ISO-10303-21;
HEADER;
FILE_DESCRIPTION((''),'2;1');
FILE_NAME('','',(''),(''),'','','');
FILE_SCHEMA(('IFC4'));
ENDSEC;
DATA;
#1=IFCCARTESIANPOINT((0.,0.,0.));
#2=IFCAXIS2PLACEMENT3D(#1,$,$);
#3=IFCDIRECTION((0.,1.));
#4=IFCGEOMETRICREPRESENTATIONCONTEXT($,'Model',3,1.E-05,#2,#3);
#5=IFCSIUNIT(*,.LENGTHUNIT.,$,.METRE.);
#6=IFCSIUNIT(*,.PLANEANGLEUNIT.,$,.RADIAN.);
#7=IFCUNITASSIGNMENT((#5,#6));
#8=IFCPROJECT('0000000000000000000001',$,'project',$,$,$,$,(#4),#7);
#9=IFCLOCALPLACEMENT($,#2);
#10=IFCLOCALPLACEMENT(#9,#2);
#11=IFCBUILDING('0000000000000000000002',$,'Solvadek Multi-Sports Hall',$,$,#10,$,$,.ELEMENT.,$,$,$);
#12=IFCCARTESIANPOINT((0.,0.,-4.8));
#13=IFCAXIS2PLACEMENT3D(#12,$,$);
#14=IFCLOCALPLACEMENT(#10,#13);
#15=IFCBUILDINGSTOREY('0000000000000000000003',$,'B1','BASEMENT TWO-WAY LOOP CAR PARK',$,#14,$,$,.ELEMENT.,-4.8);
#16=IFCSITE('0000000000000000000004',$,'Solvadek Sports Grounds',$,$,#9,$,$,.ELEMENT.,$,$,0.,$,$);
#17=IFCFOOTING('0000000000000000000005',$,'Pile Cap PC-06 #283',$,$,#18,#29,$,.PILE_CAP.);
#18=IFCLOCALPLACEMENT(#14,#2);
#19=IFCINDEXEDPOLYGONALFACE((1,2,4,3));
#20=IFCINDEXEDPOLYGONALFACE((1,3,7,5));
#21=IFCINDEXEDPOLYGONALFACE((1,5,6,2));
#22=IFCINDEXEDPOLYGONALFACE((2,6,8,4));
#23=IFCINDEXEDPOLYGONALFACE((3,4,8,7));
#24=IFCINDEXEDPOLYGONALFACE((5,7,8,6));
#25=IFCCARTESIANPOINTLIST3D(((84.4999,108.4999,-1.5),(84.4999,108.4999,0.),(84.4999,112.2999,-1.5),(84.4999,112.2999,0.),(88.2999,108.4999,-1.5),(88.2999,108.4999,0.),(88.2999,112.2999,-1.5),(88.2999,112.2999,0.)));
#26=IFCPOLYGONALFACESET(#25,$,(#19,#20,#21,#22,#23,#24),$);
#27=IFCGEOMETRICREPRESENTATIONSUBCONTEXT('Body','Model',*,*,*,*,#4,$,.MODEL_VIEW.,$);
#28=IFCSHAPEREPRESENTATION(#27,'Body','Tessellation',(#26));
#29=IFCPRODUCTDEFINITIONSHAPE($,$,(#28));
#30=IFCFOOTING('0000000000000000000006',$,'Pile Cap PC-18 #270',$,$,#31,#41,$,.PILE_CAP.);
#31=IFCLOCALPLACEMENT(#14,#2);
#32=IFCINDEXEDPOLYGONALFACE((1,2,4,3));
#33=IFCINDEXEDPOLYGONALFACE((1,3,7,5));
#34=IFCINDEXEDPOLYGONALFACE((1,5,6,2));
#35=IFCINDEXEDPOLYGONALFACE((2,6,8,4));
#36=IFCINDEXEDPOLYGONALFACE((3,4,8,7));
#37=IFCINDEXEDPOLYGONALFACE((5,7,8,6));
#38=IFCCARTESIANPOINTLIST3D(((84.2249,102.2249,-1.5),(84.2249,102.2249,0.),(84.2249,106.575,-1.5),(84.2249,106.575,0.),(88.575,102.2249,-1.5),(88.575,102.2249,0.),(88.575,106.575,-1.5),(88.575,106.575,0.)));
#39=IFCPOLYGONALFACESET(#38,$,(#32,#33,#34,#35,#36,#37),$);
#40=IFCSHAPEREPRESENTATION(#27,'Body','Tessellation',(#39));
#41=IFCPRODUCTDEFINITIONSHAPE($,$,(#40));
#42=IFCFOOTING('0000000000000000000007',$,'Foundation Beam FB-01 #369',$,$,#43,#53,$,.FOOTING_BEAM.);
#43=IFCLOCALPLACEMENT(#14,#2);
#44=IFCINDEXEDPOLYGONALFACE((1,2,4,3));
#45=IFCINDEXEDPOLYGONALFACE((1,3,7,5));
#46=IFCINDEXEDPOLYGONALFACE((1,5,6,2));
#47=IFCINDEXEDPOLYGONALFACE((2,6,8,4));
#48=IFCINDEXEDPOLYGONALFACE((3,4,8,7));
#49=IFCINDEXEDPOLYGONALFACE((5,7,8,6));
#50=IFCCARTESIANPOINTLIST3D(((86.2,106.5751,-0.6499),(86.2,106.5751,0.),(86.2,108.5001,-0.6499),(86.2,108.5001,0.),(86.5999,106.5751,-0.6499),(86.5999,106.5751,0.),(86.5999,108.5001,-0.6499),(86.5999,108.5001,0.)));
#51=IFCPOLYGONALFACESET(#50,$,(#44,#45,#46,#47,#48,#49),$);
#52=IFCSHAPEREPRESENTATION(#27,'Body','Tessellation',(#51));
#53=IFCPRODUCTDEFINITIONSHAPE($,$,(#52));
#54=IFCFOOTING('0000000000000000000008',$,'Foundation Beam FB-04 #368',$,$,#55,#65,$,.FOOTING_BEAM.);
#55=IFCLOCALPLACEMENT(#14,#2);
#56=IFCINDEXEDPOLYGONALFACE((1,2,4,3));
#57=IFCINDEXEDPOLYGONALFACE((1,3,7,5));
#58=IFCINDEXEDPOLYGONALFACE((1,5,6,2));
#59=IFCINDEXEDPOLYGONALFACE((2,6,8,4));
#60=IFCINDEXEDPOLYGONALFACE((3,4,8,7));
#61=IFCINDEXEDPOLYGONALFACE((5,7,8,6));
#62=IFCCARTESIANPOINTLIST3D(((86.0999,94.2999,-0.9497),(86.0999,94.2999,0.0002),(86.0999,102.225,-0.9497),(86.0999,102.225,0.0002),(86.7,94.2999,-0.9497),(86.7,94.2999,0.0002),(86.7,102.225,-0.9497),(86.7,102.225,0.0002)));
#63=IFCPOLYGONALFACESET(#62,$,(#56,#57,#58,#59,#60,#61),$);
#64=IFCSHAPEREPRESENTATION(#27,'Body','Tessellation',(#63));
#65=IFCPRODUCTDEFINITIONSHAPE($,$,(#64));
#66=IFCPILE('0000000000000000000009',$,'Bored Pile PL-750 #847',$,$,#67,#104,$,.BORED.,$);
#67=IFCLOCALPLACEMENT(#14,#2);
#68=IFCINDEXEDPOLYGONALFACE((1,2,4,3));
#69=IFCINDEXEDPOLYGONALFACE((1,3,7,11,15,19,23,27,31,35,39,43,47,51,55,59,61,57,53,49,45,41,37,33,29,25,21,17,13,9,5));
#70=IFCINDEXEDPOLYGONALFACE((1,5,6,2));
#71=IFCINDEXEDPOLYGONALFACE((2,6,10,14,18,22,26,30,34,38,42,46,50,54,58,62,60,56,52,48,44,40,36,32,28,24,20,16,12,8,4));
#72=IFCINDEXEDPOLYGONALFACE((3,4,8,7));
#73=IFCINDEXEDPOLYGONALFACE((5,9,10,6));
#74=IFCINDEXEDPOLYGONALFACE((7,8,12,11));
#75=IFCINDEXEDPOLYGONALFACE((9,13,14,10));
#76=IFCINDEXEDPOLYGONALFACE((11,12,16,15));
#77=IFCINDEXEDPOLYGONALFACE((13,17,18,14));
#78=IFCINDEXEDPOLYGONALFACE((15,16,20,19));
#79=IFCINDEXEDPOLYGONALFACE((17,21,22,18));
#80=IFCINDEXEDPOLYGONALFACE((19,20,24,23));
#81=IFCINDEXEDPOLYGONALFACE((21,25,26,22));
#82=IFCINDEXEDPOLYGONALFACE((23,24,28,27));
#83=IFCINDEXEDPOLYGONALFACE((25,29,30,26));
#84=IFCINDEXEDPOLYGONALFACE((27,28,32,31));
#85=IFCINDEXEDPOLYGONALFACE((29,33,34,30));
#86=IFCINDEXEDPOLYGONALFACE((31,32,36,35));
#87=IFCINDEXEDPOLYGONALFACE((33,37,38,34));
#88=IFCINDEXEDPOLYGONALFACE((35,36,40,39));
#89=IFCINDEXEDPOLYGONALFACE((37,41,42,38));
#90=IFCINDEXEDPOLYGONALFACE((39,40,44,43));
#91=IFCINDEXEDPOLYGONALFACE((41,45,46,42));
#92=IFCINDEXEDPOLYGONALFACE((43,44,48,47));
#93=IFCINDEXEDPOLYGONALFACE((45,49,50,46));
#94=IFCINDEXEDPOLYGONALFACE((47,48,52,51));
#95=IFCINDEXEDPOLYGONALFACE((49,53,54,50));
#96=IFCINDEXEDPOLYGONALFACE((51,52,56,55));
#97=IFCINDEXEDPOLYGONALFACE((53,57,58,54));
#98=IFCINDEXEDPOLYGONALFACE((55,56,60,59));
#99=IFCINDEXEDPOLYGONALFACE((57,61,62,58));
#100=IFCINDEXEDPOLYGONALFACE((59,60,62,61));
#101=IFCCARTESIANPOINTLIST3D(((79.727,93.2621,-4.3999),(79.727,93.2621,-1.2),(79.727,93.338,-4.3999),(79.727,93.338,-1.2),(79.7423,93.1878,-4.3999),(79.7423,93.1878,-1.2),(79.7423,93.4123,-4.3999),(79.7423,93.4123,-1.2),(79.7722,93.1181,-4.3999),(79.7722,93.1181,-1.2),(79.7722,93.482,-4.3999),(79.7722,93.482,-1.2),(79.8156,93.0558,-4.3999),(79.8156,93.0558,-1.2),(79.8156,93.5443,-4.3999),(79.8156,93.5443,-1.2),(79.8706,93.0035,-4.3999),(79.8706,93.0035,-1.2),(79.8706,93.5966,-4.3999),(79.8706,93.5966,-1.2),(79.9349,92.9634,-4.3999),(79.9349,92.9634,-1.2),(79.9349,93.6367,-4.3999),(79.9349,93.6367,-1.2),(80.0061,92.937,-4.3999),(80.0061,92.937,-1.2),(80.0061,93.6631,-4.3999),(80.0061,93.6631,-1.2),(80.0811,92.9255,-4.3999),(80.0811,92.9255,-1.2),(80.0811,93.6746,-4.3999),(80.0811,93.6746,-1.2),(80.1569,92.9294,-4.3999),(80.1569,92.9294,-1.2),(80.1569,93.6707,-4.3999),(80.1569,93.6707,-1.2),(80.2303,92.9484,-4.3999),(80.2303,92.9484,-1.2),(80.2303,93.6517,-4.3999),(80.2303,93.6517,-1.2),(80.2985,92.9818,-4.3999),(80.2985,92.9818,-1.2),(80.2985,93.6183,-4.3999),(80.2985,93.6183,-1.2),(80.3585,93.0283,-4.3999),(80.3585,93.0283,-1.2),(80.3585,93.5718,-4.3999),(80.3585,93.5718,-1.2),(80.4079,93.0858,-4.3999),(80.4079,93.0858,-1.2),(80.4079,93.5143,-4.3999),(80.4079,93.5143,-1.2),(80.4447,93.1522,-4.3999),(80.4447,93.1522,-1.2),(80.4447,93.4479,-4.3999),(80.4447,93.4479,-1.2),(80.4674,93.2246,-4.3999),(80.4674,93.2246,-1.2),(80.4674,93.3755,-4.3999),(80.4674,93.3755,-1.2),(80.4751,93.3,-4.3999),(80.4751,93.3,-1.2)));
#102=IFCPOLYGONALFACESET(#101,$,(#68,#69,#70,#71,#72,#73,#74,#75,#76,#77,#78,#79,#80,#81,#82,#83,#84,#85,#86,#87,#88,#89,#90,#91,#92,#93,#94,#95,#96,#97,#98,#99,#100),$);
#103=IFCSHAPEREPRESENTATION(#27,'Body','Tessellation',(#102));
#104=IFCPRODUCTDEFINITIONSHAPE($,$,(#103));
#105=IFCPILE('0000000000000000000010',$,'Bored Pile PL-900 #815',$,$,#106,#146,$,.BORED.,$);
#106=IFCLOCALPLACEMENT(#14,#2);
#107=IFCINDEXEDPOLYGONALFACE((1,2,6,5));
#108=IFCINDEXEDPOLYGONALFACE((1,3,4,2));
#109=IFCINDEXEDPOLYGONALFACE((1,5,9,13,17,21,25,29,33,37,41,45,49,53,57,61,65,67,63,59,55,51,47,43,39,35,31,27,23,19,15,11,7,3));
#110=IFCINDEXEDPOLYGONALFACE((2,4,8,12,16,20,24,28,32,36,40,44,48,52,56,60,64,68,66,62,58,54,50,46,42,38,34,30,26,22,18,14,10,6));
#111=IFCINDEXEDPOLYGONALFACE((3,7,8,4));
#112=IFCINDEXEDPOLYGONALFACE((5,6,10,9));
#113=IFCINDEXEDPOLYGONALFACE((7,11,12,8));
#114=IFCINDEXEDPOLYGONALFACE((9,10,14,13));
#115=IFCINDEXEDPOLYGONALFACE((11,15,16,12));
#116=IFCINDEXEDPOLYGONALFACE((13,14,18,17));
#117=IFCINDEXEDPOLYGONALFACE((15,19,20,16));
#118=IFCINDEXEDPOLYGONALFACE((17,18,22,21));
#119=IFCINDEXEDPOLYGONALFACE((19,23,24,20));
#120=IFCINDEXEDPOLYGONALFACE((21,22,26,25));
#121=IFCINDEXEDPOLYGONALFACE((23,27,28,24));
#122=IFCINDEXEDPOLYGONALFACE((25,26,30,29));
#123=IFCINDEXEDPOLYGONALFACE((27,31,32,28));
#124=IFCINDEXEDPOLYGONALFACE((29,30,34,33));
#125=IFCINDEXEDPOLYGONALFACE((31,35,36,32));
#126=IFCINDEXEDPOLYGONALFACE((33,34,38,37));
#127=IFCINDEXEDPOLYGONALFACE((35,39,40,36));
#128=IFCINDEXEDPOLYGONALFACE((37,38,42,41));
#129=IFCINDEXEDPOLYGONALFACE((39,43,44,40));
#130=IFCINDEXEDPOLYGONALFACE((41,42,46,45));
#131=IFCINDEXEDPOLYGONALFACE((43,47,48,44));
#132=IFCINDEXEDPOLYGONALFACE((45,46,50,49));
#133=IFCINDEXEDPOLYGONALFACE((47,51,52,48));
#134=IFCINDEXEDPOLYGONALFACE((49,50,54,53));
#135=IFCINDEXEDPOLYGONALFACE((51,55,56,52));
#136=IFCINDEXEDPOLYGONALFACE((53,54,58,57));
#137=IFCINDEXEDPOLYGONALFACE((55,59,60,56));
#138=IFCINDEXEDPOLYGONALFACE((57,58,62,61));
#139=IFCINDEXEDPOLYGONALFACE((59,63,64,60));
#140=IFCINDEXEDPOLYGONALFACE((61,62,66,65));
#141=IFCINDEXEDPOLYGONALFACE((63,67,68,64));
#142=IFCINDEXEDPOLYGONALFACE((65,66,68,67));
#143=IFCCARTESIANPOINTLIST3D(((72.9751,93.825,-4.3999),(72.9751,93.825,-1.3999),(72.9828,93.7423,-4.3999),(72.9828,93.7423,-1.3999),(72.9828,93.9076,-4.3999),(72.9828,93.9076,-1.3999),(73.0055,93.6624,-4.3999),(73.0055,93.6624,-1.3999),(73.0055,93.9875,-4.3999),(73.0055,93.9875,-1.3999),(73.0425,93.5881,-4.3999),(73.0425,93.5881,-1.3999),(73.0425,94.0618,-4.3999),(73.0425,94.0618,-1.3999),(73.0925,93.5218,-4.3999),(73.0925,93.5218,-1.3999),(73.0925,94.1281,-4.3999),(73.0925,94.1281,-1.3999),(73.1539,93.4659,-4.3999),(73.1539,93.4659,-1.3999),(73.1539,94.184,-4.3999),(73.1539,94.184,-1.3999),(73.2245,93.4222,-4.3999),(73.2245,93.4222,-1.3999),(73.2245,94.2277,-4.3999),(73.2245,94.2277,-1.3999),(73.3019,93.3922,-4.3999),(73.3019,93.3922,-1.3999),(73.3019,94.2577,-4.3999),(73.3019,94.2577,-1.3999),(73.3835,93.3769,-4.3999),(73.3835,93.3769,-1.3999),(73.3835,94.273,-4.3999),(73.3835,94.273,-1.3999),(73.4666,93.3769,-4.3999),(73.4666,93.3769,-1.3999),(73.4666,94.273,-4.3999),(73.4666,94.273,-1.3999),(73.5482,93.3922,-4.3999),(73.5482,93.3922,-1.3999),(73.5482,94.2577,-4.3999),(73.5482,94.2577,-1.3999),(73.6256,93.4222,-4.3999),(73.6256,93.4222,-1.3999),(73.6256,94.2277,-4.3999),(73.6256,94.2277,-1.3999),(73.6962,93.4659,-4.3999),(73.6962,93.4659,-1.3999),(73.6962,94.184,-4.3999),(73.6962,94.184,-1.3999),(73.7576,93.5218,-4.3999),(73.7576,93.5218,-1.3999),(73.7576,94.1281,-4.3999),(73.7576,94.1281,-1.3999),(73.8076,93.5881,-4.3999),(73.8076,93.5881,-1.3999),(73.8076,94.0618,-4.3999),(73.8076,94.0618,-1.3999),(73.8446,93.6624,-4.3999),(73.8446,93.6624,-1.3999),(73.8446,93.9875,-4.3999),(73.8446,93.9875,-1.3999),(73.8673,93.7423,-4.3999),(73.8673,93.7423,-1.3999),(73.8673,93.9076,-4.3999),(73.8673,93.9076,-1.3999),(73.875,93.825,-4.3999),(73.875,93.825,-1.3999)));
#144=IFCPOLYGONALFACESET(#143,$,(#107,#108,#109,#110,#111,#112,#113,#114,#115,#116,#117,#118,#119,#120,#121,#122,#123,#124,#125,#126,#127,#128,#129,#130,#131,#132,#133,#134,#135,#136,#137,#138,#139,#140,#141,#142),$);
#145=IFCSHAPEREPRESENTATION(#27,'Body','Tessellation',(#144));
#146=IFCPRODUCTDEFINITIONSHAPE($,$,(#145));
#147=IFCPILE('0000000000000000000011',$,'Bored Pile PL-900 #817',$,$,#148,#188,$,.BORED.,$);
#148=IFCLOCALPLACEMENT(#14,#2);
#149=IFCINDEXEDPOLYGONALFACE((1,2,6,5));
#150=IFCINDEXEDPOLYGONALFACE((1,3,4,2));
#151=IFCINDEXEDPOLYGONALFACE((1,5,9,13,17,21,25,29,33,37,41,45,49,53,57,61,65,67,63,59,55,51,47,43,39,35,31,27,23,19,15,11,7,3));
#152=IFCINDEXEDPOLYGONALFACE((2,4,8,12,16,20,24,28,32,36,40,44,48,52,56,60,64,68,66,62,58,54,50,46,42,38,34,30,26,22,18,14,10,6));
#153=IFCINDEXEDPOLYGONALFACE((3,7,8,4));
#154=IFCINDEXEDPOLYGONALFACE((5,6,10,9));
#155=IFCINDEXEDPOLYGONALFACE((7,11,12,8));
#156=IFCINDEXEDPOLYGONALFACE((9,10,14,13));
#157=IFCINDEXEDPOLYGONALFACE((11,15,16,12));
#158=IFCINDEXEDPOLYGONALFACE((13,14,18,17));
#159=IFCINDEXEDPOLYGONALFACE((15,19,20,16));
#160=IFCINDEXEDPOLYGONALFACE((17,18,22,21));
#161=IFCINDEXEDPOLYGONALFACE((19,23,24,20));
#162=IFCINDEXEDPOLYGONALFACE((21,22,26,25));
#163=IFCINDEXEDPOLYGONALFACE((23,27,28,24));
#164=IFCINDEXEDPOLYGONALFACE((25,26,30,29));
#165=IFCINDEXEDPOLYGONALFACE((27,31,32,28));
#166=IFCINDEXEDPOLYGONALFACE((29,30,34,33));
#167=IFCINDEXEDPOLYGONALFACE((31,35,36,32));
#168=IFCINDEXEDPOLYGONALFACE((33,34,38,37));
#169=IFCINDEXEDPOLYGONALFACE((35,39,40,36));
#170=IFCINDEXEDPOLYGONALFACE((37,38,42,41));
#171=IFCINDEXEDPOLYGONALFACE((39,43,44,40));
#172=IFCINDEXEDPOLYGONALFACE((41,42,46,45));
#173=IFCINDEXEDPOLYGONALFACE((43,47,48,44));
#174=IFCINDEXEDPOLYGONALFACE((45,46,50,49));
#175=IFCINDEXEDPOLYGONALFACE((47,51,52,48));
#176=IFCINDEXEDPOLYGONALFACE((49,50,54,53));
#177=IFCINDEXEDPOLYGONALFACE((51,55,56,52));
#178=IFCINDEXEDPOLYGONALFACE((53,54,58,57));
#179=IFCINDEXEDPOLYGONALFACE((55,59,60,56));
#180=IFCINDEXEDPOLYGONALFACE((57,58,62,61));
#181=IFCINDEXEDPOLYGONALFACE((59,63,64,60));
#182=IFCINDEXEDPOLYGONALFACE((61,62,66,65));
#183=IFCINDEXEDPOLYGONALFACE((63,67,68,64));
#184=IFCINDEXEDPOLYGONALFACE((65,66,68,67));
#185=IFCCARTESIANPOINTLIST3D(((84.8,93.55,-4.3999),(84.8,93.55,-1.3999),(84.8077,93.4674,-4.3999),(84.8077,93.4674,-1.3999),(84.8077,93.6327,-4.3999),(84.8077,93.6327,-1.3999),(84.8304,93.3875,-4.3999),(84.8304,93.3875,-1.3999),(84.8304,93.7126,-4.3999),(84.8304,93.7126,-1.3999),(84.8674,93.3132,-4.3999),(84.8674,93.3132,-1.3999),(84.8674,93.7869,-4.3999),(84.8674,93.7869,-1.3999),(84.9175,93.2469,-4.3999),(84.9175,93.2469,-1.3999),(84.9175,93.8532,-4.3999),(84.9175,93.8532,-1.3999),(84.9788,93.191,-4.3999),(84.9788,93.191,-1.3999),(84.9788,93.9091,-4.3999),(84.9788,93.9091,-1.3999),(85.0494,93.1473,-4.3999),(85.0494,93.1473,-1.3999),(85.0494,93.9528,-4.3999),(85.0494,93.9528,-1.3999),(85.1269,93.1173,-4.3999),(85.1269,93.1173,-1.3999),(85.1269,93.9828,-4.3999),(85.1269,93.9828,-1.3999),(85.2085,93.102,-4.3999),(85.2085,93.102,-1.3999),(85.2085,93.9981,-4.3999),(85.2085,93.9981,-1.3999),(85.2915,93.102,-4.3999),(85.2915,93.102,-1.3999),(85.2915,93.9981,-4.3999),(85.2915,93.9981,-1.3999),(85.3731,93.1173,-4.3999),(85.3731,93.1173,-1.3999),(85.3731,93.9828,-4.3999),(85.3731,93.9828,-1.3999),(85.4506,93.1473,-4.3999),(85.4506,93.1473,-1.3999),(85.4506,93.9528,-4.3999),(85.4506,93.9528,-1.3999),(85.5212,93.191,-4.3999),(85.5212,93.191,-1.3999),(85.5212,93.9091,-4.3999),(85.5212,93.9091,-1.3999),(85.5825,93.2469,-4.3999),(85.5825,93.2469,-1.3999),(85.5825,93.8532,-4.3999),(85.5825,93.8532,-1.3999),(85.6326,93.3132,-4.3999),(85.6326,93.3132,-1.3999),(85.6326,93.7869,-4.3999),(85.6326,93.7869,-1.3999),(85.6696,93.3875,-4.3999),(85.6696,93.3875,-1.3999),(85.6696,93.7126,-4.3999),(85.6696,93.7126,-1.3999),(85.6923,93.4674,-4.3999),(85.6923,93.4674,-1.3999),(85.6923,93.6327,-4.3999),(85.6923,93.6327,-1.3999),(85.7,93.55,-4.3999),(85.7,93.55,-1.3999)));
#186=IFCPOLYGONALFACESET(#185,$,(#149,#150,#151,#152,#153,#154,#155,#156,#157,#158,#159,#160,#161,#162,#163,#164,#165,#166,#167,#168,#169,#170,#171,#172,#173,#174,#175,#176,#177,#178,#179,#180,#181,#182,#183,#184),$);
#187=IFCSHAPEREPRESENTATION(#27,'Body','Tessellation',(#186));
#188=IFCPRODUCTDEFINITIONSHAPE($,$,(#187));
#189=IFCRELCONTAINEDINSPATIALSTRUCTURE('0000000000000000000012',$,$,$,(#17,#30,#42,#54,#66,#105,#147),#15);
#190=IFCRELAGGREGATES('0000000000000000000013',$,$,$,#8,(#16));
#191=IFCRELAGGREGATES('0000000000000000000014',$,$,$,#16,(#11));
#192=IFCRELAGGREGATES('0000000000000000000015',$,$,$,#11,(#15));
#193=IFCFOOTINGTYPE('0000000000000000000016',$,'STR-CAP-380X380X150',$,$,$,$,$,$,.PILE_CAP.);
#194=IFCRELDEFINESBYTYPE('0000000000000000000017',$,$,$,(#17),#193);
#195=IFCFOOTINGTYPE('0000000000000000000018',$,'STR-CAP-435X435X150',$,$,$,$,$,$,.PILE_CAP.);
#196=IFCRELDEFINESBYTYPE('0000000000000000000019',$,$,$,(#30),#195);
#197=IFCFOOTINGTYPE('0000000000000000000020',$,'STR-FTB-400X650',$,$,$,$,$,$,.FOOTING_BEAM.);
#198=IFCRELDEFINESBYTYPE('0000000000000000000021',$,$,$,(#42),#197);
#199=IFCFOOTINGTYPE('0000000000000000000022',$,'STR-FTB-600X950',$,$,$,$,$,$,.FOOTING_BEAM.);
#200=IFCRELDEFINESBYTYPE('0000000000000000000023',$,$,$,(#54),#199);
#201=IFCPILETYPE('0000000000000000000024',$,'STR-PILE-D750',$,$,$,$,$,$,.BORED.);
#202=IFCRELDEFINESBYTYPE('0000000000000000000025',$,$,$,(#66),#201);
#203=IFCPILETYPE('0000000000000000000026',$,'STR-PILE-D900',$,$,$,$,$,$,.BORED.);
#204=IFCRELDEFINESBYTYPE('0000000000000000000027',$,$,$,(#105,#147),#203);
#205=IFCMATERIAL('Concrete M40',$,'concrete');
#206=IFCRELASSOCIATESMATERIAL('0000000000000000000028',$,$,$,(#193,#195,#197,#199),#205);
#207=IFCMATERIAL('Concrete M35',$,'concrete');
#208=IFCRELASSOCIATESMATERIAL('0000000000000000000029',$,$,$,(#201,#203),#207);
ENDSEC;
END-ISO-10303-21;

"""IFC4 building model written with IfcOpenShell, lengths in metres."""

from ifc_helpers import new_model, si_unit, direction, frame, origin, origin_2d, place, context, subcontext, project, spatial, rectangle, circle, extrude, material, material_profile, profile_set, type_object, element, save


model = new_model("IFC4")

# Units and contexts
model_context = context("Model", 3, precision=1e-05, world=origin(), true_north=direction((0.0, 1.0)))
body_context = subcontext(model_context, "Body", "Model", "MODEL_VIEW")
ifc_project = project(units=[si_unit("LENGTHUNIT", "METRE"), si_unit("PLANEANGLEUNIT", "RADIAN")], contexts=[model_context])

# Site, building, storey
site_placement = place(None, origin())
site = spatial("IfcSite", under=ifc_project, at=site_placement, Name="Solvadek Sports Grounds", CompositionType="ELEMENT", RefElevation=0.0)
building_placement = place(site_placement, origin())
building = spatial("IfcBuilding", under=site, at=building_placement, Name="Solvadek Multi-Sports Hall", CompositionType="ELEMENT")
storey_placement = place(building_placement, frame((0.0, 0.0, -4.8)))
storey = spatial("IfcBuildingStorey", under=building, at=storey_placement, Name="B1", Description="BASEMENT TWO-WAY LOOP CAR PARK", CompositionType="ELEMENT", Elevation=-4.8)

# Footings
ifc_material_1 = material(Name="Concrete M40", Category="concrete")
footing_type_1 = type_object("IfcFootingType", Name="STR-CAP-380X380X150", PredefinedType="PILE_CAP", material=ifc_material_1)
footing_1_placement = place(storey_placement, frame((86.3999, 110.3999, -1.5), z_axis=(0.0, 0.0, 1.0), x_axis=(1.0, 0.0, 0.0)))
element("IfcFooting", 1, at=footing_1_placement, inside=storey, type_object=footing_type_1, Name="Pile Cap PC-06 #283", PredefinedType="PILE_CAP", context=body_context, shape_type="SweptSolid", body=[
    extrude(rectangle(XDim=3.8, YDim=3.8, at=origin_2d()), origin(), (0.0, 0.0, 1.0), 1.5),
])
footing_type_2 = type_object("IfcFootingType", Name="STR-CAP-435X435X150", PredefinedType="PILE_CAP", material=ifc_material_1)
footing_2_placement = place(storey_placement, frame((86.3999, 104.3999, -1.5), z_axis=(0.0, 0.0, 1.0), x_axis=(1.0, 0.0, 0.0)))
element("IfcFooting", 2, at=footing_2_placement, inside=storey, type_object=footing_type_2, Name="Pile Cap PC-18 #270", PredefinedType="PILE_CAP", context=body_context, shape_type="SweptSolid", body=[
    extrude(rectangle(XDim=4.3501, YDim=4.3501, at=origin_2d()), origin(), (0.0, 0.0, 1.0), 1.5),
])
footing_type_3 = type_object("IfcFootingType", Name="STR-FTB-400X650", PredefinedType="FOOTING_BEAM", material=ifc_material_1)
footing_3_placement = place(storey_placement, frame((86.3999, 107.5376, -0.6499), z_axis=(0.0, 0.0, 1.0), x_axis=(0.0, 1.0, 0.0)))
element("IfcFooting", 3, at=footing_3_placement, inside=storey, type_object=footing_type_3, Name="Foundation Beam FB-01 #369", PredefinedType="FOOTING_BEAM", context=body_context, shape_type="SweptSolid", body=[
    extrude(rectangle(XDim=1.925, YDim=0.3999, at=origin_2d()), origin(), (0.0, 0.0, 1.0), 0.6499),
])
footing_type_4 = type_object("IfcFootingType", Name="STR-FTB-600X950", PredefinedType="FOOTING_BEAM", material=ifc_material_1)
footing_4_placement = place(storey_placement, frame((86.3999, 98.2625, -0.9497), z_axis=(0.0, 0.0, 1.0), x_axis=(0.0, 1.0, 0.0)))
element("IfcFooting", 4, at=footing_4_placement, inside=storey, type_object=footing_type_4, Name="Foundation Beam FB-04 #368", PredefinedType="FOOTING_BEAM", context=body_context, shape_type="SweptSolid", body=[
    extrude(rectangle(XDim=7.925, YDim=0.6001, at=origin_2d()), origin(), (0.0, 0.0, 1.0), 0.95),
])

# Piles
ifc_material_2 = material(Name="Concrete M35", Category="concrete")
ifc_material_profile_1 = material_profile(ifc_material_2, circle(Radius=0.375, at=origin_2d()), Name="BORED PILE D750")
ifc_profile_set_1 = profile_set([ifc_material_profile_1], Name="Concrete M35")
pile_type_1 = type_object("IfcPileType", Name="STR-PILE-D750", PredefinedType="BORED", material=ifc_profile_set_1)
pile_placement = place(storey_placement, frame((80.1001, 93.3, -1.2), z_axis=(0.0, 0.0, -1.0), x_axis=(1.0, 0.0, 0.0)))
element("IfcPile", 5, at=pile_placement, inside=storey, type_object=pile_type_1, Name="Bored Pile PL-750 #847", PredefinedType="BORED", context=body_context, shape_type="SweptSolid", body=[
    extrude(circle(Radius=0.375, at=origin_2d()), origin(), (0.0, 0.0, 1.0), 3.2),
])
ifc_material_profile_2 = material_profile(ifc_material_2, circle(Radius=0.45, at=origin_2d()), Name="BORED PILE D900")
ifc_profile_set_2 = profile_set([ifc_material_profile_2], Name="Concrete M35")
pile_type_2 = type_object("IfcPileType", Name="STR-PILE-D900", PredefinedType="BORED", material=ifc_profile_set_2)
for number, where, z_axis, x_axis, name in (
    (6, (73.425, 93.825, -1.3999), (0.0, 0.0, -1.0), (1.0, 0.0, 0.0), "Bored Pile PL-900 #815"),
    (7, (85.25, 93.55, -1.3999), (0.0, 0.0, -1.0), (1.0, 0.0, 0.0), "Bored Pile PL-900 #817"),
):
    element("IfcPile", number, at=place(storey_placement, frame(where, z_axis=z_axis, x_axis=x_axis)), inside=storey, type_object=pile_type_2, Name=name, PredefinedType="BORED", context=body_context, shape_type="SweptSolid", body=[
        extrude(circle(Radius=0.45, at=origin_2d()), origin(), (0.0, 0.0, 1.0), 3.0),
    ])

save(model, "model.ifc")
